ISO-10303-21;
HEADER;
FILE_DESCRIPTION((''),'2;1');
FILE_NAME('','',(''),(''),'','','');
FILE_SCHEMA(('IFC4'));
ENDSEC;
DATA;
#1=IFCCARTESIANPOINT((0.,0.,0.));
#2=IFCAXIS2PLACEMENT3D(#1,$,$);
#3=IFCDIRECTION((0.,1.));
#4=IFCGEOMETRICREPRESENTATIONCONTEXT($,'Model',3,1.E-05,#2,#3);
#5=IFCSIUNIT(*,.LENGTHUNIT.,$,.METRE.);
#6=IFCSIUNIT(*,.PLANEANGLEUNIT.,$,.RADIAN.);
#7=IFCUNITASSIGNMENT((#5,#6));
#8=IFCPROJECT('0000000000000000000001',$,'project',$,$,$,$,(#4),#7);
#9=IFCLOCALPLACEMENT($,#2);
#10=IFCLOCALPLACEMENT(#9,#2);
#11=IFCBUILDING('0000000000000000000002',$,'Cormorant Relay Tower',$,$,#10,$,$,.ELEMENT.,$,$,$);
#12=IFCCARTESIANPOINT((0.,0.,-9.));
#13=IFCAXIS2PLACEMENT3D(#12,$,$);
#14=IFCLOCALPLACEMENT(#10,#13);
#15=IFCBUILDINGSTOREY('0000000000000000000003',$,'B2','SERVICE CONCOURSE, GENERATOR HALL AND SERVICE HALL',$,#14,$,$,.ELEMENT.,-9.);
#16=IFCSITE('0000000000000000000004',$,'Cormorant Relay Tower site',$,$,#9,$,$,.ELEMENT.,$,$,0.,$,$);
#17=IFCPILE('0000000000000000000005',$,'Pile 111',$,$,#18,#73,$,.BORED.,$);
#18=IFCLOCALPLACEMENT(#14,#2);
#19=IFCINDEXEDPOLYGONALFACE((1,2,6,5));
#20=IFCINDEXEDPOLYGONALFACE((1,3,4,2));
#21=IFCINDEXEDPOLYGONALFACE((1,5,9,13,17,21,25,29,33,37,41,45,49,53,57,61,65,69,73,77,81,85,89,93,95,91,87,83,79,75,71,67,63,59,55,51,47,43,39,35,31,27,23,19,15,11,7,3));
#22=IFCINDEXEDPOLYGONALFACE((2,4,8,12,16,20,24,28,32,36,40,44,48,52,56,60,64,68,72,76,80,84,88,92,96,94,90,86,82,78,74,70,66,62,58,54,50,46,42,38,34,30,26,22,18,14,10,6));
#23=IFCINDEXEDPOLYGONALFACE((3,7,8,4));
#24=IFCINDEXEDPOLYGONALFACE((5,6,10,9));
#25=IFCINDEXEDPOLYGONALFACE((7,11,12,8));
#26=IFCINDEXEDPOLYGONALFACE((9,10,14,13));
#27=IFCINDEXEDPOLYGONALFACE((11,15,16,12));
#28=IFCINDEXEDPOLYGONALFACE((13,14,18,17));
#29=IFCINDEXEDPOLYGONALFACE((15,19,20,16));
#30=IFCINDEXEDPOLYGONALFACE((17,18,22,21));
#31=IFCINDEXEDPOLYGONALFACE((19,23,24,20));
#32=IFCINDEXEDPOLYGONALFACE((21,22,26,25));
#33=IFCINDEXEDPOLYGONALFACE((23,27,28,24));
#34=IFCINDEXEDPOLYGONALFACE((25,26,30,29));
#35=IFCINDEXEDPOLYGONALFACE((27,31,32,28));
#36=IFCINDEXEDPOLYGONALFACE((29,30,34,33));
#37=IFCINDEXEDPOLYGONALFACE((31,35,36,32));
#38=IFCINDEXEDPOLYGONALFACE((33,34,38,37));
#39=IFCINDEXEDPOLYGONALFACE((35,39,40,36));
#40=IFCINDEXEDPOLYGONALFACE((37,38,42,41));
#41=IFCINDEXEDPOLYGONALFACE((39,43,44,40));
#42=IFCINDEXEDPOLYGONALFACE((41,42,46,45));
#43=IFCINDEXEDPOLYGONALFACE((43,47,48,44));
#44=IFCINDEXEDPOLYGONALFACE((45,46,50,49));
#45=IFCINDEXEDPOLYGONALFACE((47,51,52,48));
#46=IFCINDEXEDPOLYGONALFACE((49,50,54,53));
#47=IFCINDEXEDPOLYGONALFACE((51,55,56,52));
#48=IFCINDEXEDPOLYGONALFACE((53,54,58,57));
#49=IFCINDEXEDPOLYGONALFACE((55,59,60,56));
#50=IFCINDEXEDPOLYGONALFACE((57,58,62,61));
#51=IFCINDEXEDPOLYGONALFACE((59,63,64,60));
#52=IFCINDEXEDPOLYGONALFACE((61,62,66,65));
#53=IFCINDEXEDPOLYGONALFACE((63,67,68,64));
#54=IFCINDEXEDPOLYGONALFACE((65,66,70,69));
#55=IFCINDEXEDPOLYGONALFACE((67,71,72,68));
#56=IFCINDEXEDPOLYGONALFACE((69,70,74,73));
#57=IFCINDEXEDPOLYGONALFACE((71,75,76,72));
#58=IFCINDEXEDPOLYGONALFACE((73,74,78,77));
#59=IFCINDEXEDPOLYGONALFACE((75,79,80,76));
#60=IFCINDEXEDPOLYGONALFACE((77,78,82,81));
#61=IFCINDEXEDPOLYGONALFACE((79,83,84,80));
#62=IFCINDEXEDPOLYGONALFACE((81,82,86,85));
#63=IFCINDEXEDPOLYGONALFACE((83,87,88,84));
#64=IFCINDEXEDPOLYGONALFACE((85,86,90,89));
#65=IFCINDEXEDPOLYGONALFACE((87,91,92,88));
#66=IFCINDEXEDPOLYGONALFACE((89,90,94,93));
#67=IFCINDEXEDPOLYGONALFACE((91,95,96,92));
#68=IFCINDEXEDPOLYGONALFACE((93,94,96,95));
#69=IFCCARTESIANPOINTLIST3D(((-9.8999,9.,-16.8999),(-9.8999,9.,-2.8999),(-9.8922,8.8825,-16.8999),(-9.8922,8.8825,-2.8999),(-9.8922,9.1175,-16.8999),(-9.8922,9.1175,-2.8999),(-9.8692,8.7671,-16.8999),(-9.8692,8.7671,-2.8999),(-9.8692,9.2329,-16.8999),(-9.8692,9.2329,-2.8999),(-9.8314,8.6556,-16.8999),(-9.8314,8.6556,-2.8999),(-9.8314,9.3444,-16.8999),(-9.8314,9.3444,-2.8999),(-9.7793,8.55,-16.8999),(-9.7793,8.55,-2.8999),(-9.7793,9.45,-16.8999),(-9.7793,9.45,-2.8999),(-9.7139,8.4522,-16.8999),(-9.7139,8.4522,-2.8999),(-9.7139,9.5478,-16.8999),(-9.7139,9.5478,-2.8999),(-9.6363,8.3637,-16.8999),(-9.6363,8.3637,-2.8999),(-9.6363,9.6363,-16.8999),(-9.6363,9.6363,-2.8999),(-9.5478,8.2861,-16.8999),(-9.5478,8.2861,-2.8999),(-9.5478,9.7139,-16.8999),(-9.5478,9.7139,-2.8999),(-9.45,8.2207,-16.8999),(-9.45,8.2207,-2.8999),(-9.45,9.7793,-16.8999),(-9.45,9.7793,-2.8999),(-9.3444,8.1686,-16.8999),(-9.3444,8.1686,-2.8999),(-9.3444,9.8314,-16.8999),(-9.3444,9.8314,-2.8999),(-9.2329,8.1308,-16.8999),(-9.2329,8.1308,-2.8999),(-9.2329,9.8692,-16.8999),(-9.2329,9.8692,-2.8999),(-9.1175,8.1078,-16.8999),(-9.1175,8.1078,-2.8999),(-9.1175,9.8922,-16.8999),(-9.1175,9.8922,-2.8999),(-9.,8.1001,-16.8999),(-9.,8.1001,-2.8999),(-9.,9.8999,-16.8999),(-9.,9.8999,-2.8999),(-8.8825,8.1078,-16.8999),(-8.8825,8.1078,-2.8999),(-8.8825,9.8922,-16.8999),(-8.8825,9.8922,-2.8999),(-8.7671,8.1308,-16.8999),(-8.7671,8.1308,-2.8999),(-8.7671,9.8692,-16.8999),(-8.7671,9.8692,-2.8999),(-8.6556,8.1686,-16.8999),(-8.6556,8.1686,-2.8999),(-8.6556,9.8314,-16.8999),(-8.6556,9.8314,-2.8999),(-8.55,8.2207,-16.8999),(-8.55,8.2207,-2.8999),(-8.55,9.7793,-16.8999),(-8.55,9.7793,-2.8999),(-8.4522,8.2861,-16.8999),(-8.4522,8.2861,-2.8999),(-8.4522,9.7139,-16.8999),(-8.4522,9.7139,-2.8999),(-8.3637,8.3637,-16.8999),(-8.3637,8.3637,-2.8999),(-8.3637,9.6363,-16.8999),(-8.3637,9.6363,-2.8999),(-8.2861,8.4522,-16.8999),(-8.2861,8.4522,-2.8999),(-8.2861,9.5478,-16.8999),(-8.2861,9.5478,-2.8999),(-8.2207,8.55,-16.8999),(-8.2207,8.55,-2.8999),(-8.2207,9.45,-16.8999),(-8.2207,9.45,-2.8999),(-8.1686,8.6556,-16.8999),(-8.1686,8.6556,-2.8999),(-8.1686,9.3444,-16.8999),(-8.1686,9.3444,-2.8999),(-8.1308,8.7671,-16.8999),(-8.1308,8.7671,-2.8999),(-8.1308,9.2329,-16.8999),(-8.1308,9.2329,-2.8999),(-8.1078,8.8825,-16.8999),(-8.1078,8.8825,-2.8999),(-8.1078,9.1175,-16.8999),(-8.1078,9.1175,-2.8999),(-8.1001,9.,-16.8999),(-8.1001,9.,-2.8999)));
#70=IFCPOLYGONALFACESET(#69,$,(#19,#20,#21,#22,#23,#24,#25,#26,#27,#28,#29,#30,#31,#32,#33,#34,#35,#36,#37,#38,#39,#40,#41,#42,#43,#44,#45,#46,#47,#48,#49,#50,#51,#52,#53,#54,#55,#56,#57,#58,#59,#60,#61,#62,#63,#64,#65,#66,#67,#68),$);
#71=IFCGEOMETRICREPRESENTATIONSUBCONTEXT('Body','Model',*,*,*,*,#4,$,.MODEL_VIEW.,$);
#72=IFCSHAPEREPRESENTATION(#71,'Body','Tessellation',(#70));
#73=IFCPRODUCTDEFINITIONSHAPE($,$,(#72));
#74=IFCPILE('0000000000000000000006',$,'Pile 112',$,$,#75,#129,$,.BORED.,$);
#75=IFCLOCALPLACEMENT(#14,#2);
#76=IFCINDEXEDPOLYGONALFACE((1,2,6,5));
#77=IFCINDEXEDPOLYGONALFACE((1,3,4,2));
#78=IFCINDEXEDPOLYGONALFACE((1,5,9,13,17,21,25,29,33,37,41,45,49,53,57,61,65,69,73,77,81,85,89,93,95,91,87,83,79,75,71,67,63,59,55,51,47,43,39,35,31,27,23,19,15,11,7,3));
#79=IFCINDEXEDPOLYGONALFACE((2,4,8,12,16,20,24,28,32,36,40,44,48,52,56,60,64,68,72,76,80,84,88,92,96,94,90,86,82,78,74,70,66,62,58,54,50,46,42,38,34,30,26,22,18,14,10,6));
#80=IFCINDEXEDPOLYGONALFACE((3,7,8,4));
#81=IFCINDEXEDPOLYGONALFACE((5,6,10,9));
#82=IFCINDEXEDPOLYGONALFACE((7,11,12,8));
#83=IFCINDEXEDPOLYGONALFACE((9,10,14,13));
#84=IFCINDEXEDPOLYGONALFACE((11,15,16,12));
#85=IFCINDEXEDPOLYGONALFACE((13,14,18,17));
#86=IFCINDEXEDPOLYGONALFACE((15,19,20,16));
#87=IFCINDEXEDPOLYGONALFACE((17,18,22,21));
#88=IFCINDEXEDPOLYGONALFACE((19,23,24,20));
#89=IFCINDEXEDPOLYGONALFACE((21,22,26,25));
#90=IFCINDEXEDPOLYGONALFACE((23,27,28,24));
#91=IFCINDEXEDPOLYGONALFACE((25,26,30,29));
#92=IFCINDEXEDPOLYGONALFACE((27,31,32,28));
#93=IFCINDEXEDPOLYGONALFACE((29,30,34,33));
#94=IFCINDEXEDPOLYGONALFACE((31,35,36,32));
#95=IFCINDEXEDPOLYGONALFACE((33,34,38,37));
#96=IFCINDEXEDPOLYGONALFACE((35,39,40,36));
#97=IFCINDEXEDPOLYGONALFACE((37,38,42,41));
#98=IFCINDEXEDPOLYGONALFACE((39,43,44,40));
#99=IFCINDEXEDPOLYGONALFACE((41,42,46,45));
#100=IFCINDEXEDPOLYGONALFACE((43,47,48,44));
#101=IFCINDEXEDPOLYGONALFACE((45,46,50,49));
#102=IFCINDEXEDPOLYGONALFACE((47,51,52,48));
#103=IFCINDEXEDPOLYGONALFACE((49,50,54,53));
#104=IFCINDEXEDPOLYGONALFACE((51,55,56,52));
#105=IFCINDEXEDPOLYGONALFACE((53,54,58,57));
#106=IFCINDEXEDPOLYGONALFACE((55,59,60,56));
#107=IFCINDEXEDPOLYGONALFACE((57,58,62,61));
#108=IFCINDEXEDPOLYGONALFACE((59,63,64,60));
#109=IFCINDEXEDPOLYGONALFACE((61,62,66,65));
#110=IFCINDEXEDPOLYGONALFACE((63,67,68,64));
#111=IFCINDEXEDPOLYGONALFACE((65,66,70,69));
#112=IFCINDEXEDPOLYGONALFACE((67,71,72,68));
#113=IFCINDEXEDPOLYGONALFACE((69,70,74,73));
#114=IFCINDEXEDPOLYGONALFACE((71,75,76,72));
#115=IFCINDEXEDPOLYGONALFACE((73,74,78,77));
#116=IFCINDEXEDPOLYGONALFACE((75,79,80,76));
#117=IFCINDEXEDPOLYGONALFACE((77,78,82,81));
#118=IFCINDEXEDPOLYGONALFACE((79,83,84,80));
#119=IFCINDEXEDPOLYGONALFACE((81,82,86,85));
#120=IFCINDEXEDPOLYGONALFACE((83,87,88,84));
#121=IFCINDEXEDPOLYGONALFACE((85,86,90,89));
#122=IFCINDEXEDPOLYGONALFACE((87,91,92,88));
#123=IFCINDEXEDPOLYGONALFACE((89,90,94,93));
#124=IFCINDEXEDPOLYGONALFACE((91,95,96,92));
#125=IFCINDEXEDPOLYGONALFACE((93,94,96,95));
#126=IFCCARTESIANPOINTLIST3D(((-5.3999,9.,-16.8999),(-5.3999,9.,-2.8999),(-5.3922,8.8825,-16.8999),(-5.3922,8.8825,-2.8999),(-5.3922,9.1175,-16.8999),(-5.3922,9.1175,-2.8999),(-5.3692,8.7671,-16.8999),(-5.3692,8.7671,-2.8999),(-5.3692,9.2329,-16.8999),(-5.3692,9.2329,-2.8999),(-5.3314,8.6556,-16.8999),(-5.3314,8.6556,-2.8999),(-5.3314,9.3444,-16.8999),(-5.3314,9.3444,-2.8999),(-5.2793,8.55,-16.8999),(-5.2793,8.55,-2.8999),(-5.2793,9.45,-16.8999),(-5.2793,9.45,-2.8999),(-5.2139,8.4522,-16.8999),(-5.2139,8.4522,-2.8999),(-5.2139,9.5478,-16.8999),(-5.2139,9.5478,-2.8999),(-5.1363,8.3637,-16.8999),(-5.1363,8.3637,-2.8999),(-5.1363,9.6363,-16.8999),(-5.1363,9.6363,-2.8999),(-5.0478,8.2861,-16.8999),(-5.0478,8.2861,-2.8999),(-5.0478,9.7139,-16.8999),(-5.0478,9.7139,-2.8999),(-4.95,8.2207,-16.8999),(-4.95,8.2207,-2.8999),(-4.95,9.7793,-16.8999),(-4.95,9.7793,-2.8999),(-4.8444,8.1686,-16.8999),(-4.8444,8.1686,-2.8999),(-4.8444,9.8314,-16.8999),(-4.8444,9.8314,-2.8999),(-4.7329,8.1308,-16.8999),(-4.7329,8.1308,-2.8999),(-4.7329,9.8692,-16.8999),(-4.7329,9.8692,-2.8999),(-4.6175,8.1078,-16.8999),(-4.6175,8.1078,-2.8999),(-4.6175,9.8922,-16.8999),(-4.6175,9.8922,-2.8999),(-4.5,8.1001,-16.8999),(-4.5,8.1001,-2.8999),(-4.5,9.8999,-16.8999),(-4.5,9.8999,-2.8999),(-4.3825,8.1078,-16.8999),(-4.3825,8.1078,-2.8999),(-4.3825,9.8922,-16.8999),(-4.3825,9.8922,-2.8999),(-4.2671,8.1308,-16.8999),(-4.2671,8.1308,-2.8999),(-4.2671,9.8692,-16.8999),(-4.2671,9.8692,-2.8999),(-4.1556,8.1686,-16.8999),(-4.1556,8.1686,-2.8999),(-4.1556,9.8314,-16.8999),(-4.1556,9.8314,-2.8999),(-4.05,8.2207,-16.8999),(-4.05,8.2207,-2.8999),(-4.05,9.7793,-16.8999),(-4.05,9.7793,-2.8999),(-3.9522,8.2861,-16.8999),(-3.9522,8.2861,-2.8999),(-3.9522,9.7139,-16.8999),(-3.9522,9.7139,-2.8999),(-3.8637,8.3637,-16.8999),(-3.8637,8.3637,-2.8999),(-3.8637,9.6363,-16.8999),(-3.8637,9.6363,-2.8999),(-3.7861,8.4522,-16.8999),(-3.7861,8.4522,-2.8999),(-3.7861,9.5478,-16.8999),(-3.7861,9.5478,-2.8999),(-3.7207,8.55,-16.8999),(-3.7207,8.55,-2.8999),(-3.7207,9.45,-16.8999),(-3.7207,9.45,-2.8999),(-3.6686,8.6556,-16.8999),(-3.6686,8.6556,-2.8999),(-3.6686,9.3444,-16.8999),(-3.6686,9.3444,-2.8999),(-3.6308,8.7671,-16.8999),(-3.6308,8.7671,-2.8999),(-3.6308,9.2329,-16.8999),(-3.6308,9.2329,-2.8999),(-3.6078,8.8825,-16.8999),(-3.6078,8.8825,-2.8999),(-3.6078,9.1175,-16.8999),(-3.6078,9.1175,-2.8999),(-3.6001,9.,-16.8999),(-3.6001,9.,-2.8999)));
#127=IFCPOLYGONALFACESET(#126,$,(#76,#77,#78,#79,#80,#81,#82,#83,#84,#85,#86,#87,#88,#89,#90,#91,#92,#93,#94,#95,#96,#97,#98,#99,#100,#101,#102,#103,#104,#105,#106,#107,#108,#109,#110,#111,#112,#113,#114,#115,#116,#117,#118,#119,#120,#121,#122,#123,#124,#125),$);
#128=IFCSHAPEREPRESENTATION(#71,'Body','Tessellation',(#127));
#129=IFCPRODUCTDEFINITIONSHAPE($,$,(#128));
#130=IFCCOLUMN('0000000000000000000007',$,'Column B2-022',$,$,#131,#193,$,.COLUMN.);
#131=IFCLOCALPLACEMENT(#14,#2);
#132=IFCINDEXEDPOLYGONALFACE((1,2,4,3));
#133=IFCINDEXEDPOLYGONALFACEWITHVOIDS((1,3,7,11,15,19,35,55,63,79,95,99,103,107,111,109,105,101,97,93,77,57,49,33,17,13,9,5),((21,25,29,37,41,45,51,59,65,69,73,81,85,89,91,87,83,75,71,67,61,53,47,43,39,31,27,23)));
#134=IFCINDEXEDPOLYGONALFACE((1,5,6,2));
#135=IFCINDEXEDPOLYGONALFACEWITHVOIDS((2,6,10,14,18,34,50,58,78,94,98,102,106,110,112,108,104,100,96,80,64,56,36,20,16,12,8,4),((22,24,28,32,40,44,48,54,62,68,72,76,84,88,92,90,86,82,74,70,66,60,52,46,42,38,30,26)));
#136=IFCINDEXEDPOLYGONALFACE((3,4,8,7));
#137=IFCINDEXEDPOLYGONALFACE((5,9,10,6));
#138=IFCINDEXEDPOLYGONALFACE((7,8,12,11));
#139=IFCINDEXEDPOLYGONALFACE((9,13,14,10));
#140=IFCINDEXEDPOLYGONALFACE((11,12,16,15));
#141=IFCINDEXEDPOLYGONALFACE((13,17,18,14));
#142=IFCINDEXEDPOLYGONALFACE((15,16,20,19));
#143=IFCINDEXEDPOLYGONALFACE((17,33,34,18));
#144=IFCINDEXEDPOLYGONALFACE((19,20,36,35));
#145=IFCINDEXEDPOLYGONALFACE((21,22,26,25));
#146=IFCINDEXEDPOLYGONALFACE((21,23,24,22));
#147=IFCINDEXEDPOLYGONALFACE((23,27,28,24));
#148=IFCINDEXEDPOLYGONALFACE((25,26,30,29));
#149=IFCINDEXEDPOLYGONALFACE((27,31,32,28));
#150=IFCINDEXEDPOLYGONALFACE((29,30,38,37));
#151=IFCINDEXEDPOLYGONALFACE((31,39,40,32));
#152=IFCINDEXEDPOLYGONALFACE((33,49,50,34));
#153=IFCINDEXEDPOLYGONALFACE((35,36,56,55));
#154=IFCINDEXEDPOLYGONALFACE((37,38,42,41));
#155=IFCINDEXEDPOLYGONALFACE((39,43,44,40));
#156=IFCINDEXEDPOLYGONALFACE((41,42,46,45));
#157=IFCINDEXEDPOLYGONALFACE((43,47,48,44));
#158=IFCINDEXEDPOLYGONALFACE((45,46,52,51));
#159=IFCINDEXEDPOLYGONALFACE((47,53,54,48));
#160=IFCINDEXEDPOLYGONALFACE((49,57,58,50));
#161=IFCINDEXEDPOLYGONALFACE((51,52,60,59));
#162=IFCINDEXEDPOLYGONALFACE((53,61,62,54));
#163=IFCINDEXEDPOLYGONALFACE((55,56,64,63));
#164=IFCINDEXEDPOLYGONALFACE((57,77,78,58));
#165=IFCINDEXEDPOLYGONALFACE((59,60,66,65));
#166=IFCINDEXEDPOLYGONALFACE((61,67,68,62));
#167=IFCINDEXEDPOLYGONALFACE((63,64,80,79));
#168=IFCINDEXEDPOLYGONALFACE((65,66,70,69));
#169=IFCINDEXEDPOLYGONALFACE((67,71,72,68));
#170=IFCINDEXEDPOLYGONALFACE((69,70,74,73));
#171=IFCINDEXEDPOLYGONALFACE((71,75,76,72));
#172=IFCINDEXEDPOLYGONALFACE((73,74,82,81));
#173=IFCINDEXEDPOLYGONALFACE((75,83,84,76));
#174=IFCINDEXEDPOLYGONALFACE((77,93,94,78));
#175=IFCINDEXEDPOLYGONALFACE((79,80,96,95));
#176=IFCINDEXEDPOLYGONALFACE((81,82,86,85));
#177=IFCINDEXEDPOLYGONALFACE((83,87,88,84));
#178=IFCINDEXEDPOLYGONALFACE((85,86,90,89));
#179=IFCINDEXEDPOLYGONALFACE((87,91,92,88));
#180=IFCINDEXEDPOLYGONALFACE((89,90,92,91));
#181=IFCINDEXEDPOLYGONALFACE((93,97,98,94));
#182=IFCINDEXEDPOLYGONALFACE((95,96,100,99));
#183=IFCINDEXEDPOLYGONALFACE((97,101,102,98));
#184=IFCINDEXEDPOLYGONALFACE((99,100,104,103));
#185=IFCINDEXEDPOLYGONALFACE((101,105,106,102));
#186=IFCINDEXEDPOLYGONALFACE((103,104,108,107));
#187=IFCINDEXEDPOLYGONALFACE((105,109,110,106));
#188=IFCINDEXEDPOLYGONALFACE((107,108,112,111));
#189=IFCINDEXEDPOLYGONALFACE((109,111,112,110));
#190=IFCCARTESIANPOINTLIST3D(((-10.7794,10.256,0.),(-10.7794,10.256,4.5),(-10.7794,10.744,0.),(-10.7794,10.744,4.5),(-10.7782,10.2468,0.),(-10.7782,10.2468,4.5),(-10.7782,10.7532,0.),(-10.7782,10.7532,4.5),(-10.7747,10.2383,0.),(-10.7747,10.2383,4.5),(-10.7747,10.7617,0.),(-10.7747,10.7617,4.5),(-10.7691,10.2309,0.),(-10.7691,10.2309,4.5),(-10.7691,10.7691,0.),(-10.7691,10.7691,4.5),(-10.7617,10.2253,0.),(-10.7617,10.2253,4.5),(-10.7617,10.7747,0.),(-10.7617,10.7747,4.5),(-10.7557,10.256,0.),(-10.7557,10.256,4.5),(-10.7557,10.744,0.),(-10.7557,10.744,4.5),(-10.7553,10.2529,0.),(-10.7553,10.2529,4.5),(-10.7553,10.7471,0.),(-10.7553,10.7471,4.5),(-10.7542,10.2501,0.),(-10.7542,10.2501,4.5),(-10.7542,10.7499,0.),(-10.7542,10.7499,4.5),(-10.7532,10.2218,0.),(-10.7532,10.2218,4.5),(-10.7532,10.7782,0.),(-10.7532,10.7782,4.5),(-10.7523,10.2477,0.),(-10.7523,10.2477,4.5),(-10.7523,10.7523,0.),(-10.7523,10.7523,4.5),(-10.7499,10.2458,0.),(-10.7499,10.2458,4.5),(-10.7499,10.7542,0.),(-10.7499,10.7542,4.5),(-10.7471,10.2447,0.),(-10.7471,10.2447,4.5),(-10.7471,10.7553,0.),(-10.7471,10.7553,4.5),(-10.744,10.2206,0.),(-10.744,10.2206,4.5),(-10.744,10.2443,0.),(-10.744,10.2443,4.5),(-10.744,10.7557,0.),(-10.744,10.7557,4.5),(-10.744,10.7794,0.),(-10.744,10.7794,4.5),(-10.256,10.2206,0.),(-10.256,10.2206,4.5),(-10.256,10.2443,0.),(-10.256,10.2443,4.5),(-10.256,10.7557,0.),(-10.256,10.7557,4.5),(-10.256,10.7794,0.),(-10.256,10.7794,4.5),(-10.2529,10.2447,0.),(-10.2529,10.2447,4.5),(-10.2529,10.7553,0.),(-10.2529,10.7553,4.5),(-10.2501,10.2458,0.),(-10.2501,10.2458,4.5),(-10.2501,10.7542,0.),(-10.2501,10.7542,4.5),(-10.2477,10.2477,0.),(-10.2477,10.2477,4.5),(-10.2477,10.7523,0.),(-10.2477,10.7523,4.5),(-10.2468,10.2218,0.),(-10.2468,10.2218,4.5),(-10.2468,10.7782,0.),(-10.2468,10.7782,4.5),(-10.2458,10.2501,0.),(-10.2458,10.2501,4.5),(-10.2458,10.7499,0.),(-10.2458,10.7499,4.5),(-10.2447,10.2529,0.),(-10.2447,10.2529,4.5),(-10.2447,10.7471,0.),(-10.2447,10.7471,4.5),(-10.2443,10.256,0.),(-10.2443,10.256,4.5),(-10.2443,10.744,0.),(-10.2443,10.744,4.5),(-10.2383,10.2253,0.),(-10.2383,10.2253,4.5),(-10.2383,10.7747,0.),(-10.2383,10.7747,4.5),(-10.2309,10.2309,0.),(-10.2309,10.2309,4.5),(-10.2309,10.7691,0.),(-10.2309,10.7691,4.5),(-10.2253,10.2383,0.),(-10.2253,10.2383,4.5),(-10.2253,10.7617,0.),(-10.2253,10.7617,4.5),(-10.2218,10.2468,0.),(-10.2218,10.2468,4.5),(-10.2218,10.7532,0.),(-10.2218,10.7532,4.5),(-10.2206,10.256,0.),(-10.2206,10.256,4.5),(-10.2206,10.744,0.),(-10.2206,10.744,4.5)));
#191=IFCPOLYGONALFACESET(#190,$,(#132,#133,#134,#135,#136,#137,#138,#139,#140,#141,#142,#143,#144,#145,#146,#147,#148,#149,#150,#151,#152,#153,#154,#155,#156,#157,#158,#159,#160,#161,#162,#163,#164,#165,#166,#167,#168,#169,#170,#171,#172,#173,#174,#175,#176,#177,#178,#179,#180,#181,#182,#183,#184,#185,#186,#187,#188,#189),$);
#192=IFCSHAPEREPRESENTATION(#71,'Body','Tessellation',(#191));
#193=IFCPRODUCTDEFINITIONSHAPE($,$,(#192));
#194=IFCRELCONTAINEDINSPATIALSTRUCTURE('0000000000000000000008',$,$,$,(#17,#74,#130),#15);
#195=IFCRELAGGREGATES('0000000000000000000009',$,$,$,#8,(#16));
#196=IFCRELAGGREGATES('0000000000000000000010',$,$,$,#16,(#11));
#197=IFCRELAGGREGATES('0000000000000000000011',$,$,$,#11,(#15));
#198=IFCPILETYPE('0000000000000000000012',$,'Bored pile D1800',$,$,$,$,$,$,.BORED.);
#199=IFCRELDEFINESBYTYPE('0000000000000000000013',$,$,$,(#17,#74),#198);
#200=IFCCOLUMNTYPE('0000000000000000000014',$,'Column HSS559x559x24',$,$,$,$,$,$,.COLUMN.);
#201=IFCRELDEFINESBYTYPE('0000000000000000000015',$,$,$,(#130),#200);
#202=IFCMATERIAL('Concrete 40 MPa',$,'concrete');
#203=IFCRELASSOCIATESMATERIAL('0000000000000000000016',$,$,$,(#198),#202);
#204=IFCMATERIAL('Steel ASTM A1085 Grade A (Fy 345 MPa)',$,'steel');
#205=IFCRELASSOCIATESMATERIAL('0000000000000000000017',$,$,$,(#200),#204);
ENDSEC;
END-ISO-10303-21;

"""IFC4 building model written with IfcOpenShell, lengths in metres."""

from ifc_helpers import new_model, si_unit, direction, frame, origin, origin_2d, place, context, subcontext, project, spatial, hollow_rectangle, circle, extrude, material, material_profile, profile_set, type_object, element, save


model = new_model("IFC4")

# Units and contexts
model_context = context("Model", 3, precision=1e-05, world=origin(), true_north=direction((0.0, 1.0)))
body_context = subcontext(model_context, "Body", "Model", "MODEL_VIEW")
ifc_project = project(units=[si_unit("LENGTHUNIT", "METRE"), si_unit("PLANEANGLEUNIT", "RADIAN")], contexts=[model_context])

# Site, building, storey
site_placement = place(None, origin())
site = spatial("IfcSite", under=ifc_project, at=site_placement, Name="Cormorant Relay Tower site", CompositionType="ELEMENT", RefElevation=0.0)
building_placement = place(site_placement, origin())
building = spatial("IfcBuilding", under=site, at=building_placement, Name="Cormorant Relay Tower", CompositionType="ELEMENT")
storey_placement = place(building_placement, frame((0.0, 0.0, -9.0)))
storey = spatial("IfcBuildingStorey", under=building, at=storey_placement, Name="B2", Description="SERVICE CONCOURSE, GENERATOR HALL AND SERVICE HALL", CompositionType="ELEMENT", Elevation=-9.0)

# Piles
ifc_material_1 = material(Name="Concrete 40 MPa", Category="concrete")
ifc_material_profile_1 = material_profile(ifc_material_1, circle(Radius=0.8999, at=origin_2d()), Name="BP1800")
ifc_profile_set_1 = profile_set([ifc_material_profile_1], Name="Concrete 40 MPa")
pile_type = type_object("IfcPileType", Name="Bored pile D1800", PredefinedType="BORED", material=ifc_profile_set_1)
for number, where, z_axis, x_axis, name in (
    (1, (-9.0, 9.0, -2.8999), (0.0, 0.0, -1.0), (1.0, 0.0, 0.0), "Pile 111"),
    (2, (-4.5, 9.0, -2.8999), (0.0, 0.0, -1.0), (1.0, 0.0, 0.0), "Pile 112"),
):
    element("IfcPile", number, at=place(storey_placement, frame(where, z_axis=z_axis, x_axis=x_axis)), inside=storey, type_object=pile_type, Name=name, PredefinedType="BORED", context=body_context, shape_type="SweptSolid", body=[
        extrude(circle(Radius=0.8999, at=origin_2d()), origin(), (0.0, 0.0, 1.0), 14.0),
    ])

# Column
ifc_material_2 = material(Name="Steel ASTM A1085 Grade A (Fy 345 MPa)", Category="steel")
ifc_material_profile_2 = material_profile(ifc_material_2, hollow_rectangle(XDim=0.5588, YDim=0.5588, WallThickness=0.0237, InnerFilletRadius=0.0117, OuterFilletRadius=0.0354, at=origin_2d()), Name="HSS559x559x24")
ifc_profile_set_2 = profile_set([ifc_material_profile_2], Name="Steel ASTM A1085 Grade A (Fy 345 MPa)")
column_type = type_object("IfcColumnType", Name="Column HSS559x559x24", PredefinedType="COLUMN", material=ifc_profile_set_2)
column_placement = place(storey_placement, frame((-10.5, 10.5, 0.0), z_axis=(0.0, 0.0, 1.0), x_axis=(1.0, 0.0, 0.0)))
element("IfcColumn", 3, at=column_placement, inside=storey, type_object=column_type, Name="Column B2-022", PredefinedType="COLUMN", context=body_context, shape_type="SweptSolid", body=[
    extrude(hollow_rectangle(XDim=0.5588, YDim=0.5588, WallThickness=0.0237, InnerFilletRadius=0.0117, OuterFilletRadius=0.0354, at=origin_2d()), origin(), (0.0, 0.0, 1.0), 4.5),
])

save(model, "model.ifc")
